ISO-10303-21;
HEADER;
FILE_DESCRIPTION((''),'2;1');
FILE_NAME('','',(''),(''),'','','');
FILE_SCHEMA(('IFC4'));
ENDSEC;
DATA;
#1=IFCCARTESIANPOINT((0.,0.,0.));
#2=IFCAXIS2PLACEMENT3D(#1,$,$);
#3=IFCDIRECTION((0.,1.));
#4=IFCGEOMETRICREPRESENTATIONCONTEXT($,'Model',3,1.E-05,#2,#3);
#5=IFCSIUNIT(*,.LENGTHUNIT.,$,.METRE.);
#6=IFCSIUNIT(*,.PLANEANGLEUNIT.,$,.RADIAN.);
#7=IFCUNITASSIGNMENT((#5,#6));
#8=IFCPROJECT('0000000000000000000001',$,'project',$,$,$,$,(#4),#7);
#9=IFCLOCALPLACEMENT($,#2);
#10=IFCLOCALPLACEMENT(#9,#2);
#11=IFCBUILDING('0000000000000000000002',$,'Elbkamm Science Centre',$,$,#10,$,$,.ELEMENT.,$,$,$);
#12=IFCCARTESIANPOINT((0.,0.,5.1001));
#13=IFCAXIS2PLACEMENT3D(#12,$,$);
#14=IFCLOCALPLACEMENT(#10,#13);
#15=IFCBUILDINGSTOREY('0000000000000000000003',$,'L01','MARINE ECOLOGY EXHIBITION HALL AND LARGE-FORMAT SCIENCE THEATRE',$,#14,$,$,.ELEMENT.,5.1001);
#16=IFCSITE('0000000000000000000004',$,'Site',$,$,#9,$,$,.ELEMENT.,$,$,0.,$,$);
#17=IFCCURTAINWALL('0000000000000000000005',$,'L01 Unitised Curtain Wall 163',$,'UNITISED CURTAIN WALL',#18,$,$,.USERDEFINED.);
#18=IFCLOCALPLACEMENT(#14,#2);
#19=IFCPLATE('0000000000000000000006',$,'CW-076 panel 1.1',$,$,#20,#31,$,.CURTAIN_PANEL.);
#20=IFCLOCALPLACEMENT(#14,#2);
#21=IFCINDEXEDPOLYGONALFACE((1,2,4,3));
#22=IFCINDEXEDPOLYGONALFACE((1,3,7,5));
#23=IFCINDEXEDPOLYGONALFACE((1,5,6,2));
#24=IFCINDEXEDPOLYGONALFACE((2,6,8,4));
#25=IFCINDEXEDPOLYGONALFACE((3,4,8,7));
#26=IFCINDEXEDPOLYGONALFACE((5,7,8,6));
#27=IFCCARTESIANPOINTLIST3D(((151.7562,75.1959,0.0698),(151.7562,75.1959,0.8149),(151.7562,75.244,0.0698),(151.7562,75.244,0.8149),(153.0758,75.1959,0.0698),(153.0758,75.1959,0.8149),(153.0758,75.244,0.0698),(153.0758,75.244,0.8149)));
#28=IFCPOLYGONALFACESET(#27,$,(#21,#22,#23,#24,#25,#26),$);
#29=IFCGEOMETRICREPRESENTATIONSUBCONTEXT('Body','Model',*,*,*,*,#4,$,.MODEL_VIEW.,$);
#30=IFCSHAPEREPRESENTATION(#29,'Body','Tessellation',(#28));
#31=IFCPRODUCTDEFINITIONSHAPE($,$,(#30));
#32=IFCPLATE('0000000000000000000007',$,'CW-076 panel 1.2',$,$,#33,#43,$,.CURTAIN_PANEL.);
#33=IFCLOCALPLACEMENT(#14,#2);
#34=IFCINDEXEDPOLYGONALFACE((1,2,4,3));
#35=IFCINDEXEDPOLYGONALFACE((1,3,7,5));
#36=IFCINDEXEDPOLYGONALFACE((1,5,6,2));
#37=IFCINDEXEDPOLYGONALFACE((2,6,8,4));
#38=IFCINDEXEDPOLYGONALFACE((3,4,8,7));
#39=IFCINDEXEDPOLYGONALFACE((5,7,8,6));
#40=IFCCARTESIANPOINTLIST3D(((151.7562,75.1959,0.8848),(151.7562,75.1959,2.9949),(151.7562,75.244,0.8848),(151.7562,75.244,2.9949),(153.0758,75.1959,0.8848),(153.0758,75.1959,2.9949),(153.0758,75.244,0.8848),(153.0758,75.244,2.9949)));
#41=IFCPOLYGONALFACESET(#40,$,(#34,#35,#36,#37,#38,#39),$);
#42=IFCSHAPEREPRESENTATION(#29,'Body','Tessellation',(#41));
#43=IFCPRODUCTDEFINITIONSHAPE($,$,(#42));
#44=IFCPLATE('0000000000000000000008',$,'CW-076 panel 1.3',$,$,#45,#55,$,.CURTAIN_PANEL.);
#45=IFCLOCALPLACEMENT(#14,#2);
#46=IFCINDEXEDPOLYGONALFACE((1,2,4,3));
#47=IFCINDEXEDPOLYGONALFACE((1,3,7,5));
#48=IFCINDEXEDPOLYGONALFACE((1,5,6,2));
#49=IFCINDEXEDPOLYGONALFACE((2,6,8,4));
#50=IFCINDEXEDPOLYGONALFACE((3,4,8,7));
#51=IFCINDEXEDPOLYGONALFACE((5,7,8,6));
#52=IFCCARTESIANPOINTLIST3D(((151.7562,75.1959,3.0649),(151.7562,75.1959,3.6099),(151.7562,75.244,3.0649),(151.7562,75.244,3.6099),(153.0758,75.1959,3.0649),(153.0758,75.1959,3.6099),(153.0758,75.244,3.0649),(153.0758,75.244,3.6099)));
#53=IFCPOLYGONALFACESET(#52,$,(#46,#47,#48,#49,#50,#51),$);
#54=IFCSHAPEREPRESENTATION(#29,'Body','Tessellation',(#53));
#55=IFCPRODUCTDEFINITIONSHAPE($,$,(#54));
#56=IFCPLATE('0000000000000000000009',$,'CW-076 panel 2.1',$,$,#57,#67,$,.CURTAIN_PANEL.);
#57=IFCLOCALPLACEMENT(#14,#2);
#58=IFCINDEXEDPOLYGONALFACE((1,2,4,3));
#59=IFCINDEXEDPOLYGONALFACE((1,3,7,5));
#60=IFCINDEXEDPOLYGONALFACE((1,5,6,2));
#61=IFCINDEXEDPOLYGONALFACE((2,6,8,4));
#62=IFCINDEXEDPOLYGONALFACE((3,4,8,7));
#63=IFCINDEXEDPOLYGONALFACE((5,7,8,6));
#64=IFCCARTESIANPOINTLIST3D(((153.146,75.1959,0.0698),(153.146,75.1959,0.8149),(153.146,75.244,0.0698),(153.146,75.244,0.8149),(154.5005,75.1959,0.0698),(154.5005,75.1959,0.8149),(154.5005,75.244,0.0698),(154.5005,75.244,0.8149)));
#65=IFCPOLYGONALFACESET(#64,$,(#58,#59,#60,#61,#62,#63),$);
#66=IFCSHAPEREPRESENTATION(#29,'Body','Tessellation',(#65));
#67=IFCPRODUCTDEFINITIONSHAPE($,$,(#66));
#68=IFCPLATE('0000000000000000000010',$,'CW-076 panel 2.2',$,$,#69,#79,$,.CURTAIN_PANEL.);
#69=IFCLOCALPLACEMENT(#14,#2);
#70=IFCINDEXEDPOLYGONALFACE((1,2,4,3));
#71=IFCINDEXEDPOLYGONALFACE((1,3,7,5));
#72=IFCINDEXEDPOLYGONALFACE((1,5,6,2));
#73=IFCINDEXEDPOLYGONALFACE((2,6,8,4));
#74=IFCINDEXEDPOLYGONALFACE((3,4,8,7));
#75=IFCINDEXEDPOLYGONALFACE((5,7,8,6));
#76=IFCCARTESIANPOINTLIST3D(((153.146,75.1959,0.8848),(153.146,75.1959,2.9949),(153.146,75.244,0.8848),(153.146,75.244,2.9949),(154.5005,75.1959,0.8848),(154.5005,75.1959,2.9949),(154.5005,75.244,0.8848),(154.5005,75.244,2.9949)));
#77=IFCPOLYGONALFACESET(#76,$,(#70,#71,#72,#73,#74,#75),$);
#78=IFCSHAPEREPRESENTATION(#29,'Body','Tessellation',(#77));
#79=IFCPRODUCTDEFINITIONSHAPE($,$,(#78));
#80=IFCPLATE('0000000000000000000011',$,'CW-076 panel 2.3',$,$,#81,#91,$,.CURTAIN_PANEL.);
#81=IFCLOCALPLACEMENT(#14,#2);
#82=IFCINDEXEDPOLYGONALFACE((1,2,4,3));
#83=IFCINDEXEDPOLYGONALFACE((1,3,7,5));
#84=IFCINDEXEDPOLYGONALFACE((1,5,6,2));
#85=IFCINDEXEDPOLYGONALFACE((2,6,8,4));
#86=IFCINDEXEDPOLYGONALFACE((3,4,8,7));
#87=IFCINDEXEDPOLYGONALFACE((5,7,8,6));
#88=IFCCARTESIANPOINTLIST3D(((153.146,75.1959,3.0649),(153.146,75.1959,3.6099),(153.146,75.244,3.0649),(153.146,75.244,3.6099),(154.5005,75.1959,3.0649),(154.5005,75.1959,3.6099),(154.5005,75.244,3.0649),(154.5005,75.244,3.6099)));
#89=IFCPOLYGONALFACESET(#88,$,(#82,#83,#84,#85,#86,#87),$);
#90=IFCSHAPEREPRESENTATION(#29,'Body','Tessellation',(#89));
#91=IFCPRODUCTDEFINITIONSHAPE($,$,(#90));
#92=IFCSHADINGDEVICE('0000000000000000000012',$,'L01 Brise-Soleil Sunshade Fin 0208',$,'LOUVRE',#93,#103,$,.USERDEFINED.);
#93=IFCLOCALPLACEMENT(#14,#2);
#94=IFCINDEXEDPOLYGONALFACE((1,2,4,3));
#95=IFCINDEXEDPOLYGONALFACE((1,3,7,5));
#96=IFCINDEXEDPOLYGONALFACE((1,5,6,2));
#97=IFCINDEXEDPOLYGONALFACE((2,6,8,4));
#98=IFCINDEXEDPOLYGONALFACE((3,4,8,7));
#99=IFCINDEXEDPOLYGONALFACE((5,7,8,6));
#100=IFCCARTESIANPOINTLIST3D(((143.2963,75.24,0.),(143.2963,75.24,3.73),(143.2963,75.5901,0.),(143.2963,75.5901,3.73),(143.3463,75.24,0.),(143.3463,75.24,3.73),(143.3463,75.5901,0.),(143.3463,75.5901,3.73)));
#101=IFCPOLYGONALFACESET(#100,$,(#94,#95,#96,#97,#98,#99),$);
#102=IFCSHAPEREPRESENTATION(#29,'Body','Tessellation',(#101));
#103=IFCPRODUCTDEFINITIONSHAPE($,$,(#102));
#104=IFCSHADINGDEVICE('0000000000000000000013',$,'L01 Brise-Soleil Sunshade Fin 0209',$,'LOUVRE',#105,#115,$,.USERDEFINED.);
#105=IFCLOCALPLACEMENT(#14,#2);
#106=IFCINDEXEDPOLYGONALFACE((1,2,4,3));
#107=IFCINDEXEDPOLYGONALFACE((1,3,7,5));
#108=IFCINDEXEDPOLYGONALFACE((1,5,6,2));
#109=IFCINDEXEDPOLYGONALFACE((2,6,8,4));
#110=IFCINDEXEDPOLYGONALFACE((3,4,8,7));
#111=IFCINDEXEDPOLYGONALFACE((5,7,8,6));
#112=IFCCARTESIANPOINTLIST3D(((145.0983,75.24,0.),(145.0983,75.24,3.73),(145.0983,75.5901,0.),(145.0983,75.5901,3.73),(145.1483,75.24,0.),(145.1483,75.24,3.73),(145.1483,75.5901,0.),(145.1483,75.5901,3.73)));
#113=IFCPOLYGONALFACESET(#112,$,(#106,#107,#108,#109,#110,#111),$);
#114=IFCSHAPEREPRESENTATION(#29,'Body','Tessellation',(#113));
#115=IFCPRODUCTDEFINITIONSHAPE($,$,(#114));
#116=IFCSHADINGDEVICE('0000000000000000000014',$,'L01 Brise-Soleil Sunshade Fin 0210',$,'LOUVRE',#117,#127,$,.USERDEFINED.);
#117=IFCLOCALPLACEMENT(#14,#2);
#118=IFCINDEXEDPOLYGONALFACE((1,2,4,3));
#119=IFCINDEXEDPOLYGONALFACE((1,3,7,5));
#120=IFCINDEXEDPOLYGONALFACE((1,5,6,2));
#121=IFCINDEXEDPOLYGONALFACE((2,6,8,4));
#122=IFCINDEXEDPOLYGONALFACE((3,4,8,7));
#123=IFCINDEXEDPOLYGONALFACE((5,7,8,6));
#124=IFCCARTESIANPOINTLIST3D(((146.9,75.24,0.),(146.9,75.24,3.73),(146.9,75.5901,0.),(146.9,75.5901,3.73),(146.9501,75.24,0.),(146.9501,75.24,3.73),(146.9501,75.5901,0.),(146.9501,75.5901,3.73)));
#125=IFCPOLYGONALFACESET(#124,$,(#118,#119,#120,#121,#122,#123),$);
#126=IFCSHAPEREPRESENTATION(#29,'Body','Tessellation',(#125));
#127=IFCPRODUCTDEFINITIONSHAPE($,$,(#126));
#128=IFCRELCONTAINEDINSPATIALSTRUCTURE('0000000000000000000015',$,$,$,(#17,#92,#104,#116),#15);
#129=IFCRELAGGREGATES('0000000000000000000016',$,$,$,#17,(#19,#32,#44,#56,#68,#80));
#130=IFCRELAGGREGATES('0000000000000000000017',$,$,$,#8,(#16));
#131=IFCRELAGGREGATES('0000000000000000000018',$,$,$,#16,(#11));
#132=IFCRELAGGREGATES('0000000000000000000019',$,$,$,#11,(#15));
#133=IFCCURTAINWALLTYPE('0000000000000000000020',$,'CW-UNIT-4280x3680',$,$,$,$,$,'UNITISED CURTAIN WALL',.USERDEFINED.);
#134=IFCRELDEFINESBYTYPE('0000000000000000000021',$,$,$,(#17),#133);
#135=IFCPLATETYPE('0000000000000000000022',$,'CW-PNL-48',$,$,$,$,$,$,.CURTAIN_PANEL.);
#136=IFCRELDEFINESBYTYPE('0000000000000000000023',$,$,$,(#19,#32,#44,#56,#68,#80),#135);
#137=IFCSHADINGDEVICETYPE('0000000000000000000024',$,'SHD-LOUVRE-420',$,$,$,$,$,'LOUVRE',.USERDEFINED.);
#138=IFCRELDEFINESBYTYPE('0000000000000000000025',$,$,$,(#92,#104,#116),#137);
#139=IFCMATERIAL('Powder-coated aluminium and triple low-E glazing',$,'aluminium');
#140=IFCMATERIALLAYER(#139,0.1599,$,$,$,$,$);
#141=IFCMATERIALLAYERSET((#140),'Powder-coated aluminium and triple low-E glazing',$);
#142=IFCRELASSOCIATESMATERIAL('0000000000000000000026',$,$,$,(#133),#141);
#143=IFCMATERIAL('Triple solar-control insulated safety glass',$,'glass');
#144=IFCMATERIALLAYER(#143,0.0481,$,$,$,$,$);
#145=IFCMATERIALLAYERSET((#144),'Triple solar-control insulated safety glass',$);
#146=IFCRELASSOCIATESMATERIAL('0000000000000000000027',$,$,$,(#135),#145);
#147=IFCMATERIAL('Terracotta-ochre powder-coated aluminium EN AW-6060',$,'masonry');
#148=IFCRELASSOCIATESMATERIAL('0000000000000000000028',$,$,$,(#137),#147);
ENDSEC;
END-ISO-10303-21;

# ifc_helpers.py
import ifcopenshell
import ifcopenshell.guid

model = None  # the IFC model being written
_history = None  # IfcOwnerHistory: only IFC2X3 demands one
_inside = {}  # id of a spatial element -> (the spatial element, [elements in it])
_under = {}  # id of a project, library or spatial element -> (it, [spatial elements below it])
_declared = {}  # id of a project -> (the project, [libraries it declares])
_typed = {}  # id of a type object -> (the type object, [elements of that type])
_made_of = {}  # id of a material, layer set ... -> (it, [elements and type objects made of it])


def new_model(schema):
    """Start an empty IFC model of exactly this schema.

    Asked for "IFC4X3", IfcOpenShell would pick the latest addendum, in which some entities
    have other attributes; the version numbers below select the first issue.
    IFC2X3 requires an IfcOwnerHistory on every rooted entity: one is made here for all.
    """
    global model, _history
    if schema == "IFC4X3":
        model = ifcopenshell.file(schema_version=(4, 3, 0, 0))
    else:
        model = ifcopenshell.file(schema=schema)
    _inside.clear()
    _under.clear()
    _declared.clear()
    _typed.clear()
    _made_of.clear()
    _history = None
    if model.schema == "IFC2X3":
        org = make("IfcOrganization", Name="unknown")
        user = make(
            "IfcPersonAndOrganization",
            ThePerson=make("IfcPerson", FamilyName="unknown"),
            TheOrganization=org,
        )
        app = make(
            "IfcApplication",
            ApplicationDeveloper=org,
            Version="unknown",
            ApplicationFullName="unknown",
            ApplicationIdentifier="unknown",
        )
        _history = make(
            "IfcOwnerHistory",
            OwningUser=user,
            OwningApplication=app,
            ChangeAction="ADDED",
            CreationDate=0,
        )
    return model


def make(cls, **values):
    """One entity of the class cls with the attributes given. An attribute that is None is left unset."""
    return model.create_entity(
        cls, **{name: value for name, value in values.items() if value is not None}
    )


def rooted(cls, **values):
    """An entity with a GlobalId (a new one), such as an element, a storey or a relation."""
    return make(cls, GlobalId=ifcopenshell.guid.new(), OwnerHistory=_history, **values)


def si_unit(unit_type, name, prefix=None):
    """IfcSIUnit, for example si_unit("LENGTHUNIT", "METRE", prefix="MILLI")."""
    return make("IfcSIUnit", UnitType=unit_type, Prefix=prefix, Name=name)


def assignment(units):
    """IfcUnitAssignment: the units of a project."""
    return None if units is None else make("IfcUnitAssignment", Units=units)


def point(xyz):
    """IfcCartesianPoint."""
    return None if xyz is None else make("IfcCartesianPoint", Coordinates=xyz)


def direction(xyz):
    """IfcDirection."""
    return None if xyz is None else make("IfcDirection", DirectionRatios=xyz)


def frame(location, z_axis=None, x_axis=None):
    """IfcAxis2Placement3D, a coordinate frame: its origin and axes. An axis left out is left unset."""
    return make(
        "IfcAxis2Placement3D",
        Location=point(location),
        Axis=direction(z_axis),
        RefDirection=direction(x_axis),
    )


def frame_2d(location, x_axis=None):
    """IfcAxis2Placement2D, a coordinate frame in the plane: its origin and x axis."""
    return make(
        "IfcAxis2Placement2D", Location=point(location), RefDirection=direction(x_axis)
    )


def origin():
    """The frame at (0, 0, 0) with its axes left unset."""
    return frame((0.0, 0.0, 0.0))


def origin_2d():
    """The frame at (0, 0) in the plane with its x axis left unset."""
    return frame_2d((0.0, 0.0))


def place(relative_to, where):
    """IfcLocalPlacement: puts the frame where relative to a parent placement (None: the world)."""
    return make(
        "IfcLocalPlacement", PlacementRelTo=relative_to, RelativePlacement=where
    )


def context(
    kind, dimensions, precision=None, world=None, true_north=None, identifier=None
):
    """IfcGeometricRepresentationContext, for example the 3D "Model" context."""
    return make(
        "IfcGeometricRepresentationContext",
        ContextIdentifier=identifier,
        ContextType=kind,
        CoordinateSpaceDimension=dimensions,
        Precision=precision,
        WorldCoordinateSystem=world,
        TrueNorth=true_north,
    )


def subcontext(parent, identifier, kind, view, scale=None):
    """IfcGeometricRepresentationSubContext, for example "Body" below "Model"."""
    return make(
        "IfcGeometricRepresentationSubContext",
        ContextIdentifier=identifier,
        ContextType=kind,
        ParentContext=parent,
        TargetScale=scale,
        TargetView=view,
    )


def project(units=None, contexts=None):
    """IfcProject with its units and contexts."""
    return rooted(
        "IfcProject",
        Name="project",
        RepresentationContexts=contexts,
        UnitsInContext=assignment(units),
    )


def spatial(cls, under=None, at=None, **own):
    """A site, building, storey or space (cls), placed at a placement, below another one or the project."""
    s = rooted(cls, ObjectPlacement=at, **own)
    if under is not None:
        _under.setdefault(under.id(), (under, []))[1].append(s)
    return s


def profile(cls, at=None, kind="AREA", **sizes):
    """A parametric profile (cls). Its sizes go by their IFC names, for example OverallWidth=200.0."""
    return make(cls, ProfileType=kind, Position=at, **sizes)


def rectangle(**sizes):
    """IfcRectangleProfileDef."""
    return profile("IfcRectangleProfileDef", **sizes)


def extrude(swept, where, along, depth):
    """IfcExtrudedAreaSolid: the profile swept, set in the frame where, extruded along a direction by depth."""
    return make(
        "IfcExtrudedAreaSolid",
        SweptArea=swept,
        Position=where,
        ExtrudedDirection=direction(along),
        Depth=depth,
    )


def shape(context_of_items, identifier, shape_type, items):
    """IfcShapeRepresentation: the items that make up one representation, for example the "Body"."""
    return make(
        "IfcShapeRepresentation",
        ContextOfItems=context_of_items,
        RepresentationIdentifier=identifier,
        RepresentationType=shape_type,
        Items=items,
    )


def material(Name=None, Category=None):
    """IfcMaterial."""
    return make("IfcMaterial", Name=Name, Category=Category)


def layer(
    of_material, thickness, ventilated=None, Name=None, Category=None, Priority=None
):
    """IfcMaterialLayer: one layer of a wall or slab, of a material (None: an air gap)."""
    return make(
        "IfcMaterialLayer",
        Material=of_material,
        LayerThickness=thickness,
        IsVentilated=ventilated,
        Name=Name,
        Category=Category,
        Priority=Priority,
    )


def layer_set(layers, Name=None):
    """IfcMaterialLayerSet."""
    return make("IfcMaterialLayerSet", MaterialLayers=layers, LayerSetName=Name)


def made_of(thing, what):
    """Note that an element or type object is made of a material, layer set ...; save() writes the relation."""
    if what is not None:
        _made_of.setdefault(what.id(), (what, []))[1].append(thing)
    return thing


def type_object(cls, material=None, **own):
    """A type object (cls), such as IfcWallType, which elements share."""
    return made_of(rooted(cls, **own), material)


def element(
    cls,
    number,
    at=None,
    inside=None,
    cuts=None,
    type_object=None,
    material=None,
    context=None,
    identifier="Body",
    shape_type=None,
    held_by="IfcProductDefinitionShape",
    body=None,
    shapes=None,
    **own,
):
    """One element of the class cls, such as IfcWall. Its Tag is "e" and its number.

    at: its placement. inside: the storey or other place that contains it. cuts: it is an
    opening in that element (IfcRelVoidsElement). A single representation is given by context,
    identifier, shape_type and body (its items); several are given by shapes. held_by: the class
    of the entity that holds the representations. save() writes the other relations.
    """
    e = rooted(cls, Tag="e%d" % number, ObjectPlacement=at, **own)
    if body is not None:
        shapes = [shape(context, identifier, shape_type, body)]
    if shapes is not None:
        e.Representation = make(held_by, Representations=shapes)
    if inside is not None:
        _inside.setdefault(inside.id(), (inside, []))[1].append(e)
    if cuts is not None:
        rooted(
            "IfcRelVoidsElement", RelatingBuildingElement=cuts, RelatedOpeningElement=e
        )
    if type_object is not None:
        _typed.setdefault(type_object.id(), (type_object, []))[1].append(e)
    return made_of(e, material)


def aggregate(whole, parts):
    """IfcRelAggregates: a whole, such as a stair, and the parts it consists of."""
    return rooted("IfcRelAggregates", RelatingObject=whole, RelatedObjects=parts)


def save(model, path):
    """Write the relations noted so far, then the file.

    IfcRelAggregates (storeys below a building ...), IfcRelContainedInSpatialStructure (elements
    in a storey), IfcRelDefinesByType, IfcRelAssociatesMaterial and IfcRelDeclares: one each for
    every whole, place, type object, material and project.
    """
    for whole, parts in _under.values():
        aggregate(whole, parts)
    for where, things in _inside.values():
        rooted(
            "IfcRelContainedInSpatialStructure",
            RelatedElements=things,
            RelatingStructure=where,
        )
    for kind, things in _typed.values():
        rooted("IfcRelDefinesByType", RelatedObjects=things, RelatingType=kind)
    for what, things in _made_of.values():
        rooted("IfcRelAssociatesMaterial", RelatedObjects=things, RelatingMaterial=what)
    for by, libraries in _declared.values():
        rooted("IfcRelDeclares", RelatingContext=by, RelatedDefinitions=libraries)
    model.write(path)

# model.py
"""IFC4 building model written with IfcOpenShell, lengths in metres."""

from ifc_helpers import new_model, si_unit, direction, frame, origin, origin_2d, place, context, subcontext, project, spatial, rectangle, extrude, material, layer, layer_set, type_object, element, aggregate, save


model = new_model("IFC4")

# Units and contexts
model_context = context("Model", 3, precision=1e-05, world=origin(), true_north=direction((0.0, 1.0)))
body_context = subcontext(model_context, "Body", "Model", "MODEL_VIEW")
ifc_project = project(units=[si_unit("LENGTHUNIT", "METRE"), si_unit("PLANEANGLEUNIT", "RADIAN")], contexts=[model_context])

# Site, building, storey
site_placement = place(None, origin())
site = spatial("IfcSite", under=ifc_project, at=site_placement, Name="Site", CompositionType="ELEMENT", RefElevation=0.0)
building_placement = place(site_placement, origin())
building = spatial("IfcBuilding", under=site, at=building_placement, Name="Elbkamm Science Centre", CompositionType="ELEMENT")
storey_placement = place(building_placement, frame((0.0, 0.0, 5.1001)))
storey = spatial("IfcBuildingStorey", under=building, at=storey_placement, Name="L01", Description="MARINE ECOLOGY EXHIBITION HALL AND LARGE-FORMAT SCIENCE THEATRE", CompositionType="ELEMENT", Elevation=5.1001)

# Curtain wall
ifc_material_1 = material(Name="Powder-coated aluminium and triple low-E glazing", Category="aluminium")
ifc_layer_1 = layer(ifc_material_1, 0.1599)
ifc_layer_set_1 = layer_set([ifc_layer_1], Name="Powder-coated aluminium and triple low-E glazing")
curtain_wall_type_1 = type_object("IfcCurtainWallType", Name="CW-UNIT-4280x3680", ElementType="UNITISED CURTAIN WALL", PredefinedType="USERDEFINED", material=ifc_layer_set_1)
curtain_wall_1_placement = place(storey_placement, origin())
curtain_wall_1 = element("IfcCurtainWall", 1, at=curtain_wall_1_placement, inside=storey, type_object=curtain_wall_type_1, Name="L01 Unitised Curtain Wall 163", ObjectType="UNITISED CURTAIN WALL", PredefinedType="USERDEFINED")

# Plates
ifc_material_2 = material(Name="Triple solar-control insulated safety glass", Category="glass")
ifc_layer_2 = layer(ifc_material_2, 0.0481)
ifc_layer_set_2 = layer_set([ifc_layer_2], Name="Triple solar-control insulated safety glass")
plate_type = type_object("IfcPlateType", Name="CW-PNL-48", PredefinedType="CURTAIN_PANEL", material=ifc_layer_set_2)
plate_1_placement = place(storey_placement, frame((152.416, 75.22, 0.0698), z_axis=(0.0, 0.0, 1.0), x_axis=(1.0, 0.0, 0.0)))
plate_1 = element("IfcPlate", 2, at=plate_1_placement, type_object=plate_type, Name="CW-076 panel 1.1", PredefinedType="CURTAIN_PANEL", context=body_context, shape_type="SweptSolid", body=[
    extrude(rectangle(XDim=1.3196, YDim=0.0481, at=origin_2d()), origin(), (0.0, 0.0, 1.0), 0.7451),
])
plate_2_placement = place(storey_placement, frame((152.416, 75.22, 0.8848), z_axis=(0.0, 0.0, 1.0), x_axis=(1.0, 0.0, 0.0)))
plate_2 = element("IfcPlate", 3, at=plate_2_placement, type_object=plate_type, Name="CW-076 panel 1.2", PredefinedType="CURTAIN_PANEL", context=body_context, shape_type="SweptSolid", body=[
    extrude(rectangle(XDim=1.3196, YDim=0.0481, at=origin_2d()), origin(), (0.0, 0.0, 1.0), 2.1101),
])
plate_3_placement = place(storey_placement, frame((152.416, 75.22, 3.0649), z_axis=(0.0, 0.0, 1.0), x_axis=(1.0, 0.0, 0.0)))
plate_3 = element("IfcPlate", 4, at=plate_3_placement, type_object=plate_type, Name="CW-076 panel 1.3", PredefinedType="CURTAIN_PANEL", context=body_context, shape_type="SweptSolid", body=[
    extrude(rectangle(XDim=1.3196, YDim=0.0481, at=origin_2d()), origin(), (0.0, 0.0, 1.0), 0.5449),
])
plate_4_placement = place(storey_placement, frame((153.8232, 75.22, 0.0698), z_axis=(0.0, 0.0, 1.0), x_axis=(1.0, 0.0, 0.0)))
plate_4 = element("IfcPlate", 5, at=plate_4_placement, type_object=plate_type, Name="CW-076 panel 2.1", PredefinedType="CURTAIN_PANEL", context=body_context, shape_type="SweptSolid", body=[
    extrude(rectangle(XDim=1.3545, YDim=0.0481, at=origin_2d()), origin(), (0.0, 0.0, 1.0), 0.7451),
])
plate_5_placement = place(storey_placement, frame((153.8232, 75.22, 0.8848), z_axis=(0.0, 0.0, 1.0), x_axis=(1.0, 0.0, 0.0)))
plate_5 = element("IfcPlate", 6, at=plate_5_placement, type_object=plate_type, Name="CW-076 panel 2.2", PredefinedType="CURTAIN_PANEL", context=body_context, shape_type="SweptSolid", body=[
    extrude(rectangle(XDim=1.3545, YDim=0.0481, at=origin_2d()), origin(), (0.0, 0.0, 1.0), 2.1101),
])
plate_6_placement = place(storey_placement, frame((153.8232, 75.22, 3.0649), z_axis=(0.0, 0.0, 1.0), x_axis=(1.0, 0.0, 0.0)))
plate_6 = element("IfcPlate", 7, at=plate_6_placement, type_object=plate_type, Name="CW-076 panel 2.3", PredefinedType="CURTAIN_PANEL", context=body_context, shape_type="SweptSolid", body=[
    extrude(rectangle(XDim=1.3545, YDim=0.0481, at=origin_2d()), origin(), (0.0, 0.0, 1.0), 0.5449),
])
aggregate(curtain_wall_1, [plate_1, plate_2, plate_3, plate_4, plate_5, plate_6])

# Shading devices
ifc_material_3 = material(Name="Terracotta-ochre powder-coated aluminium EN AW-6060", Category="masonry")
shading_device_type = type_object("IfcShadingDeviceType", Name="SHD-LOUVRE-420", ElementType="LOUVRE", PredefinedType="USERDEFINED", material=ifc_material_3)
for number, where, z_axis, x_axis, name in (
    (8, (143.3213, 75.415, 0.0), (0.0, 0.0, 1.0), (0.0, 1.0, 0.0), "L01 Brise-Soleil Sunshade Fin 0208"),
    (9, (145.1233, 75.415, 0.0), (0.0, 0.0, 1.0), (0.0, 1.0, 0.0), "L01 Brise-Soleil Sunshade Fin 0209"),
    (10, (146.925, 75.415, 0.0), (0.0, 0.0, 1.0), (0.0, 1.0, 0.0), "L01 Brise-Soleil Sunshade Fin 0210"),
):
    element("IfcShadingDevice", number, at=place(storey_placement, frame(where, z_axis=z_axis, x_axis=x_axis)), inside=storey, type_object=shading_device_type, Name=name, ObjectType="LOUVRE", PredefinedType="USERDEFINED", context=body_context, shape_type="SweptSolid", body=[
        extrude(rectangle(XDim=0.3501, YDim=0.05, at=origin_2d()), origin(), (0.0, 0.0, 1.0), 3.73),
    ])

save(model, "model.ifc")
